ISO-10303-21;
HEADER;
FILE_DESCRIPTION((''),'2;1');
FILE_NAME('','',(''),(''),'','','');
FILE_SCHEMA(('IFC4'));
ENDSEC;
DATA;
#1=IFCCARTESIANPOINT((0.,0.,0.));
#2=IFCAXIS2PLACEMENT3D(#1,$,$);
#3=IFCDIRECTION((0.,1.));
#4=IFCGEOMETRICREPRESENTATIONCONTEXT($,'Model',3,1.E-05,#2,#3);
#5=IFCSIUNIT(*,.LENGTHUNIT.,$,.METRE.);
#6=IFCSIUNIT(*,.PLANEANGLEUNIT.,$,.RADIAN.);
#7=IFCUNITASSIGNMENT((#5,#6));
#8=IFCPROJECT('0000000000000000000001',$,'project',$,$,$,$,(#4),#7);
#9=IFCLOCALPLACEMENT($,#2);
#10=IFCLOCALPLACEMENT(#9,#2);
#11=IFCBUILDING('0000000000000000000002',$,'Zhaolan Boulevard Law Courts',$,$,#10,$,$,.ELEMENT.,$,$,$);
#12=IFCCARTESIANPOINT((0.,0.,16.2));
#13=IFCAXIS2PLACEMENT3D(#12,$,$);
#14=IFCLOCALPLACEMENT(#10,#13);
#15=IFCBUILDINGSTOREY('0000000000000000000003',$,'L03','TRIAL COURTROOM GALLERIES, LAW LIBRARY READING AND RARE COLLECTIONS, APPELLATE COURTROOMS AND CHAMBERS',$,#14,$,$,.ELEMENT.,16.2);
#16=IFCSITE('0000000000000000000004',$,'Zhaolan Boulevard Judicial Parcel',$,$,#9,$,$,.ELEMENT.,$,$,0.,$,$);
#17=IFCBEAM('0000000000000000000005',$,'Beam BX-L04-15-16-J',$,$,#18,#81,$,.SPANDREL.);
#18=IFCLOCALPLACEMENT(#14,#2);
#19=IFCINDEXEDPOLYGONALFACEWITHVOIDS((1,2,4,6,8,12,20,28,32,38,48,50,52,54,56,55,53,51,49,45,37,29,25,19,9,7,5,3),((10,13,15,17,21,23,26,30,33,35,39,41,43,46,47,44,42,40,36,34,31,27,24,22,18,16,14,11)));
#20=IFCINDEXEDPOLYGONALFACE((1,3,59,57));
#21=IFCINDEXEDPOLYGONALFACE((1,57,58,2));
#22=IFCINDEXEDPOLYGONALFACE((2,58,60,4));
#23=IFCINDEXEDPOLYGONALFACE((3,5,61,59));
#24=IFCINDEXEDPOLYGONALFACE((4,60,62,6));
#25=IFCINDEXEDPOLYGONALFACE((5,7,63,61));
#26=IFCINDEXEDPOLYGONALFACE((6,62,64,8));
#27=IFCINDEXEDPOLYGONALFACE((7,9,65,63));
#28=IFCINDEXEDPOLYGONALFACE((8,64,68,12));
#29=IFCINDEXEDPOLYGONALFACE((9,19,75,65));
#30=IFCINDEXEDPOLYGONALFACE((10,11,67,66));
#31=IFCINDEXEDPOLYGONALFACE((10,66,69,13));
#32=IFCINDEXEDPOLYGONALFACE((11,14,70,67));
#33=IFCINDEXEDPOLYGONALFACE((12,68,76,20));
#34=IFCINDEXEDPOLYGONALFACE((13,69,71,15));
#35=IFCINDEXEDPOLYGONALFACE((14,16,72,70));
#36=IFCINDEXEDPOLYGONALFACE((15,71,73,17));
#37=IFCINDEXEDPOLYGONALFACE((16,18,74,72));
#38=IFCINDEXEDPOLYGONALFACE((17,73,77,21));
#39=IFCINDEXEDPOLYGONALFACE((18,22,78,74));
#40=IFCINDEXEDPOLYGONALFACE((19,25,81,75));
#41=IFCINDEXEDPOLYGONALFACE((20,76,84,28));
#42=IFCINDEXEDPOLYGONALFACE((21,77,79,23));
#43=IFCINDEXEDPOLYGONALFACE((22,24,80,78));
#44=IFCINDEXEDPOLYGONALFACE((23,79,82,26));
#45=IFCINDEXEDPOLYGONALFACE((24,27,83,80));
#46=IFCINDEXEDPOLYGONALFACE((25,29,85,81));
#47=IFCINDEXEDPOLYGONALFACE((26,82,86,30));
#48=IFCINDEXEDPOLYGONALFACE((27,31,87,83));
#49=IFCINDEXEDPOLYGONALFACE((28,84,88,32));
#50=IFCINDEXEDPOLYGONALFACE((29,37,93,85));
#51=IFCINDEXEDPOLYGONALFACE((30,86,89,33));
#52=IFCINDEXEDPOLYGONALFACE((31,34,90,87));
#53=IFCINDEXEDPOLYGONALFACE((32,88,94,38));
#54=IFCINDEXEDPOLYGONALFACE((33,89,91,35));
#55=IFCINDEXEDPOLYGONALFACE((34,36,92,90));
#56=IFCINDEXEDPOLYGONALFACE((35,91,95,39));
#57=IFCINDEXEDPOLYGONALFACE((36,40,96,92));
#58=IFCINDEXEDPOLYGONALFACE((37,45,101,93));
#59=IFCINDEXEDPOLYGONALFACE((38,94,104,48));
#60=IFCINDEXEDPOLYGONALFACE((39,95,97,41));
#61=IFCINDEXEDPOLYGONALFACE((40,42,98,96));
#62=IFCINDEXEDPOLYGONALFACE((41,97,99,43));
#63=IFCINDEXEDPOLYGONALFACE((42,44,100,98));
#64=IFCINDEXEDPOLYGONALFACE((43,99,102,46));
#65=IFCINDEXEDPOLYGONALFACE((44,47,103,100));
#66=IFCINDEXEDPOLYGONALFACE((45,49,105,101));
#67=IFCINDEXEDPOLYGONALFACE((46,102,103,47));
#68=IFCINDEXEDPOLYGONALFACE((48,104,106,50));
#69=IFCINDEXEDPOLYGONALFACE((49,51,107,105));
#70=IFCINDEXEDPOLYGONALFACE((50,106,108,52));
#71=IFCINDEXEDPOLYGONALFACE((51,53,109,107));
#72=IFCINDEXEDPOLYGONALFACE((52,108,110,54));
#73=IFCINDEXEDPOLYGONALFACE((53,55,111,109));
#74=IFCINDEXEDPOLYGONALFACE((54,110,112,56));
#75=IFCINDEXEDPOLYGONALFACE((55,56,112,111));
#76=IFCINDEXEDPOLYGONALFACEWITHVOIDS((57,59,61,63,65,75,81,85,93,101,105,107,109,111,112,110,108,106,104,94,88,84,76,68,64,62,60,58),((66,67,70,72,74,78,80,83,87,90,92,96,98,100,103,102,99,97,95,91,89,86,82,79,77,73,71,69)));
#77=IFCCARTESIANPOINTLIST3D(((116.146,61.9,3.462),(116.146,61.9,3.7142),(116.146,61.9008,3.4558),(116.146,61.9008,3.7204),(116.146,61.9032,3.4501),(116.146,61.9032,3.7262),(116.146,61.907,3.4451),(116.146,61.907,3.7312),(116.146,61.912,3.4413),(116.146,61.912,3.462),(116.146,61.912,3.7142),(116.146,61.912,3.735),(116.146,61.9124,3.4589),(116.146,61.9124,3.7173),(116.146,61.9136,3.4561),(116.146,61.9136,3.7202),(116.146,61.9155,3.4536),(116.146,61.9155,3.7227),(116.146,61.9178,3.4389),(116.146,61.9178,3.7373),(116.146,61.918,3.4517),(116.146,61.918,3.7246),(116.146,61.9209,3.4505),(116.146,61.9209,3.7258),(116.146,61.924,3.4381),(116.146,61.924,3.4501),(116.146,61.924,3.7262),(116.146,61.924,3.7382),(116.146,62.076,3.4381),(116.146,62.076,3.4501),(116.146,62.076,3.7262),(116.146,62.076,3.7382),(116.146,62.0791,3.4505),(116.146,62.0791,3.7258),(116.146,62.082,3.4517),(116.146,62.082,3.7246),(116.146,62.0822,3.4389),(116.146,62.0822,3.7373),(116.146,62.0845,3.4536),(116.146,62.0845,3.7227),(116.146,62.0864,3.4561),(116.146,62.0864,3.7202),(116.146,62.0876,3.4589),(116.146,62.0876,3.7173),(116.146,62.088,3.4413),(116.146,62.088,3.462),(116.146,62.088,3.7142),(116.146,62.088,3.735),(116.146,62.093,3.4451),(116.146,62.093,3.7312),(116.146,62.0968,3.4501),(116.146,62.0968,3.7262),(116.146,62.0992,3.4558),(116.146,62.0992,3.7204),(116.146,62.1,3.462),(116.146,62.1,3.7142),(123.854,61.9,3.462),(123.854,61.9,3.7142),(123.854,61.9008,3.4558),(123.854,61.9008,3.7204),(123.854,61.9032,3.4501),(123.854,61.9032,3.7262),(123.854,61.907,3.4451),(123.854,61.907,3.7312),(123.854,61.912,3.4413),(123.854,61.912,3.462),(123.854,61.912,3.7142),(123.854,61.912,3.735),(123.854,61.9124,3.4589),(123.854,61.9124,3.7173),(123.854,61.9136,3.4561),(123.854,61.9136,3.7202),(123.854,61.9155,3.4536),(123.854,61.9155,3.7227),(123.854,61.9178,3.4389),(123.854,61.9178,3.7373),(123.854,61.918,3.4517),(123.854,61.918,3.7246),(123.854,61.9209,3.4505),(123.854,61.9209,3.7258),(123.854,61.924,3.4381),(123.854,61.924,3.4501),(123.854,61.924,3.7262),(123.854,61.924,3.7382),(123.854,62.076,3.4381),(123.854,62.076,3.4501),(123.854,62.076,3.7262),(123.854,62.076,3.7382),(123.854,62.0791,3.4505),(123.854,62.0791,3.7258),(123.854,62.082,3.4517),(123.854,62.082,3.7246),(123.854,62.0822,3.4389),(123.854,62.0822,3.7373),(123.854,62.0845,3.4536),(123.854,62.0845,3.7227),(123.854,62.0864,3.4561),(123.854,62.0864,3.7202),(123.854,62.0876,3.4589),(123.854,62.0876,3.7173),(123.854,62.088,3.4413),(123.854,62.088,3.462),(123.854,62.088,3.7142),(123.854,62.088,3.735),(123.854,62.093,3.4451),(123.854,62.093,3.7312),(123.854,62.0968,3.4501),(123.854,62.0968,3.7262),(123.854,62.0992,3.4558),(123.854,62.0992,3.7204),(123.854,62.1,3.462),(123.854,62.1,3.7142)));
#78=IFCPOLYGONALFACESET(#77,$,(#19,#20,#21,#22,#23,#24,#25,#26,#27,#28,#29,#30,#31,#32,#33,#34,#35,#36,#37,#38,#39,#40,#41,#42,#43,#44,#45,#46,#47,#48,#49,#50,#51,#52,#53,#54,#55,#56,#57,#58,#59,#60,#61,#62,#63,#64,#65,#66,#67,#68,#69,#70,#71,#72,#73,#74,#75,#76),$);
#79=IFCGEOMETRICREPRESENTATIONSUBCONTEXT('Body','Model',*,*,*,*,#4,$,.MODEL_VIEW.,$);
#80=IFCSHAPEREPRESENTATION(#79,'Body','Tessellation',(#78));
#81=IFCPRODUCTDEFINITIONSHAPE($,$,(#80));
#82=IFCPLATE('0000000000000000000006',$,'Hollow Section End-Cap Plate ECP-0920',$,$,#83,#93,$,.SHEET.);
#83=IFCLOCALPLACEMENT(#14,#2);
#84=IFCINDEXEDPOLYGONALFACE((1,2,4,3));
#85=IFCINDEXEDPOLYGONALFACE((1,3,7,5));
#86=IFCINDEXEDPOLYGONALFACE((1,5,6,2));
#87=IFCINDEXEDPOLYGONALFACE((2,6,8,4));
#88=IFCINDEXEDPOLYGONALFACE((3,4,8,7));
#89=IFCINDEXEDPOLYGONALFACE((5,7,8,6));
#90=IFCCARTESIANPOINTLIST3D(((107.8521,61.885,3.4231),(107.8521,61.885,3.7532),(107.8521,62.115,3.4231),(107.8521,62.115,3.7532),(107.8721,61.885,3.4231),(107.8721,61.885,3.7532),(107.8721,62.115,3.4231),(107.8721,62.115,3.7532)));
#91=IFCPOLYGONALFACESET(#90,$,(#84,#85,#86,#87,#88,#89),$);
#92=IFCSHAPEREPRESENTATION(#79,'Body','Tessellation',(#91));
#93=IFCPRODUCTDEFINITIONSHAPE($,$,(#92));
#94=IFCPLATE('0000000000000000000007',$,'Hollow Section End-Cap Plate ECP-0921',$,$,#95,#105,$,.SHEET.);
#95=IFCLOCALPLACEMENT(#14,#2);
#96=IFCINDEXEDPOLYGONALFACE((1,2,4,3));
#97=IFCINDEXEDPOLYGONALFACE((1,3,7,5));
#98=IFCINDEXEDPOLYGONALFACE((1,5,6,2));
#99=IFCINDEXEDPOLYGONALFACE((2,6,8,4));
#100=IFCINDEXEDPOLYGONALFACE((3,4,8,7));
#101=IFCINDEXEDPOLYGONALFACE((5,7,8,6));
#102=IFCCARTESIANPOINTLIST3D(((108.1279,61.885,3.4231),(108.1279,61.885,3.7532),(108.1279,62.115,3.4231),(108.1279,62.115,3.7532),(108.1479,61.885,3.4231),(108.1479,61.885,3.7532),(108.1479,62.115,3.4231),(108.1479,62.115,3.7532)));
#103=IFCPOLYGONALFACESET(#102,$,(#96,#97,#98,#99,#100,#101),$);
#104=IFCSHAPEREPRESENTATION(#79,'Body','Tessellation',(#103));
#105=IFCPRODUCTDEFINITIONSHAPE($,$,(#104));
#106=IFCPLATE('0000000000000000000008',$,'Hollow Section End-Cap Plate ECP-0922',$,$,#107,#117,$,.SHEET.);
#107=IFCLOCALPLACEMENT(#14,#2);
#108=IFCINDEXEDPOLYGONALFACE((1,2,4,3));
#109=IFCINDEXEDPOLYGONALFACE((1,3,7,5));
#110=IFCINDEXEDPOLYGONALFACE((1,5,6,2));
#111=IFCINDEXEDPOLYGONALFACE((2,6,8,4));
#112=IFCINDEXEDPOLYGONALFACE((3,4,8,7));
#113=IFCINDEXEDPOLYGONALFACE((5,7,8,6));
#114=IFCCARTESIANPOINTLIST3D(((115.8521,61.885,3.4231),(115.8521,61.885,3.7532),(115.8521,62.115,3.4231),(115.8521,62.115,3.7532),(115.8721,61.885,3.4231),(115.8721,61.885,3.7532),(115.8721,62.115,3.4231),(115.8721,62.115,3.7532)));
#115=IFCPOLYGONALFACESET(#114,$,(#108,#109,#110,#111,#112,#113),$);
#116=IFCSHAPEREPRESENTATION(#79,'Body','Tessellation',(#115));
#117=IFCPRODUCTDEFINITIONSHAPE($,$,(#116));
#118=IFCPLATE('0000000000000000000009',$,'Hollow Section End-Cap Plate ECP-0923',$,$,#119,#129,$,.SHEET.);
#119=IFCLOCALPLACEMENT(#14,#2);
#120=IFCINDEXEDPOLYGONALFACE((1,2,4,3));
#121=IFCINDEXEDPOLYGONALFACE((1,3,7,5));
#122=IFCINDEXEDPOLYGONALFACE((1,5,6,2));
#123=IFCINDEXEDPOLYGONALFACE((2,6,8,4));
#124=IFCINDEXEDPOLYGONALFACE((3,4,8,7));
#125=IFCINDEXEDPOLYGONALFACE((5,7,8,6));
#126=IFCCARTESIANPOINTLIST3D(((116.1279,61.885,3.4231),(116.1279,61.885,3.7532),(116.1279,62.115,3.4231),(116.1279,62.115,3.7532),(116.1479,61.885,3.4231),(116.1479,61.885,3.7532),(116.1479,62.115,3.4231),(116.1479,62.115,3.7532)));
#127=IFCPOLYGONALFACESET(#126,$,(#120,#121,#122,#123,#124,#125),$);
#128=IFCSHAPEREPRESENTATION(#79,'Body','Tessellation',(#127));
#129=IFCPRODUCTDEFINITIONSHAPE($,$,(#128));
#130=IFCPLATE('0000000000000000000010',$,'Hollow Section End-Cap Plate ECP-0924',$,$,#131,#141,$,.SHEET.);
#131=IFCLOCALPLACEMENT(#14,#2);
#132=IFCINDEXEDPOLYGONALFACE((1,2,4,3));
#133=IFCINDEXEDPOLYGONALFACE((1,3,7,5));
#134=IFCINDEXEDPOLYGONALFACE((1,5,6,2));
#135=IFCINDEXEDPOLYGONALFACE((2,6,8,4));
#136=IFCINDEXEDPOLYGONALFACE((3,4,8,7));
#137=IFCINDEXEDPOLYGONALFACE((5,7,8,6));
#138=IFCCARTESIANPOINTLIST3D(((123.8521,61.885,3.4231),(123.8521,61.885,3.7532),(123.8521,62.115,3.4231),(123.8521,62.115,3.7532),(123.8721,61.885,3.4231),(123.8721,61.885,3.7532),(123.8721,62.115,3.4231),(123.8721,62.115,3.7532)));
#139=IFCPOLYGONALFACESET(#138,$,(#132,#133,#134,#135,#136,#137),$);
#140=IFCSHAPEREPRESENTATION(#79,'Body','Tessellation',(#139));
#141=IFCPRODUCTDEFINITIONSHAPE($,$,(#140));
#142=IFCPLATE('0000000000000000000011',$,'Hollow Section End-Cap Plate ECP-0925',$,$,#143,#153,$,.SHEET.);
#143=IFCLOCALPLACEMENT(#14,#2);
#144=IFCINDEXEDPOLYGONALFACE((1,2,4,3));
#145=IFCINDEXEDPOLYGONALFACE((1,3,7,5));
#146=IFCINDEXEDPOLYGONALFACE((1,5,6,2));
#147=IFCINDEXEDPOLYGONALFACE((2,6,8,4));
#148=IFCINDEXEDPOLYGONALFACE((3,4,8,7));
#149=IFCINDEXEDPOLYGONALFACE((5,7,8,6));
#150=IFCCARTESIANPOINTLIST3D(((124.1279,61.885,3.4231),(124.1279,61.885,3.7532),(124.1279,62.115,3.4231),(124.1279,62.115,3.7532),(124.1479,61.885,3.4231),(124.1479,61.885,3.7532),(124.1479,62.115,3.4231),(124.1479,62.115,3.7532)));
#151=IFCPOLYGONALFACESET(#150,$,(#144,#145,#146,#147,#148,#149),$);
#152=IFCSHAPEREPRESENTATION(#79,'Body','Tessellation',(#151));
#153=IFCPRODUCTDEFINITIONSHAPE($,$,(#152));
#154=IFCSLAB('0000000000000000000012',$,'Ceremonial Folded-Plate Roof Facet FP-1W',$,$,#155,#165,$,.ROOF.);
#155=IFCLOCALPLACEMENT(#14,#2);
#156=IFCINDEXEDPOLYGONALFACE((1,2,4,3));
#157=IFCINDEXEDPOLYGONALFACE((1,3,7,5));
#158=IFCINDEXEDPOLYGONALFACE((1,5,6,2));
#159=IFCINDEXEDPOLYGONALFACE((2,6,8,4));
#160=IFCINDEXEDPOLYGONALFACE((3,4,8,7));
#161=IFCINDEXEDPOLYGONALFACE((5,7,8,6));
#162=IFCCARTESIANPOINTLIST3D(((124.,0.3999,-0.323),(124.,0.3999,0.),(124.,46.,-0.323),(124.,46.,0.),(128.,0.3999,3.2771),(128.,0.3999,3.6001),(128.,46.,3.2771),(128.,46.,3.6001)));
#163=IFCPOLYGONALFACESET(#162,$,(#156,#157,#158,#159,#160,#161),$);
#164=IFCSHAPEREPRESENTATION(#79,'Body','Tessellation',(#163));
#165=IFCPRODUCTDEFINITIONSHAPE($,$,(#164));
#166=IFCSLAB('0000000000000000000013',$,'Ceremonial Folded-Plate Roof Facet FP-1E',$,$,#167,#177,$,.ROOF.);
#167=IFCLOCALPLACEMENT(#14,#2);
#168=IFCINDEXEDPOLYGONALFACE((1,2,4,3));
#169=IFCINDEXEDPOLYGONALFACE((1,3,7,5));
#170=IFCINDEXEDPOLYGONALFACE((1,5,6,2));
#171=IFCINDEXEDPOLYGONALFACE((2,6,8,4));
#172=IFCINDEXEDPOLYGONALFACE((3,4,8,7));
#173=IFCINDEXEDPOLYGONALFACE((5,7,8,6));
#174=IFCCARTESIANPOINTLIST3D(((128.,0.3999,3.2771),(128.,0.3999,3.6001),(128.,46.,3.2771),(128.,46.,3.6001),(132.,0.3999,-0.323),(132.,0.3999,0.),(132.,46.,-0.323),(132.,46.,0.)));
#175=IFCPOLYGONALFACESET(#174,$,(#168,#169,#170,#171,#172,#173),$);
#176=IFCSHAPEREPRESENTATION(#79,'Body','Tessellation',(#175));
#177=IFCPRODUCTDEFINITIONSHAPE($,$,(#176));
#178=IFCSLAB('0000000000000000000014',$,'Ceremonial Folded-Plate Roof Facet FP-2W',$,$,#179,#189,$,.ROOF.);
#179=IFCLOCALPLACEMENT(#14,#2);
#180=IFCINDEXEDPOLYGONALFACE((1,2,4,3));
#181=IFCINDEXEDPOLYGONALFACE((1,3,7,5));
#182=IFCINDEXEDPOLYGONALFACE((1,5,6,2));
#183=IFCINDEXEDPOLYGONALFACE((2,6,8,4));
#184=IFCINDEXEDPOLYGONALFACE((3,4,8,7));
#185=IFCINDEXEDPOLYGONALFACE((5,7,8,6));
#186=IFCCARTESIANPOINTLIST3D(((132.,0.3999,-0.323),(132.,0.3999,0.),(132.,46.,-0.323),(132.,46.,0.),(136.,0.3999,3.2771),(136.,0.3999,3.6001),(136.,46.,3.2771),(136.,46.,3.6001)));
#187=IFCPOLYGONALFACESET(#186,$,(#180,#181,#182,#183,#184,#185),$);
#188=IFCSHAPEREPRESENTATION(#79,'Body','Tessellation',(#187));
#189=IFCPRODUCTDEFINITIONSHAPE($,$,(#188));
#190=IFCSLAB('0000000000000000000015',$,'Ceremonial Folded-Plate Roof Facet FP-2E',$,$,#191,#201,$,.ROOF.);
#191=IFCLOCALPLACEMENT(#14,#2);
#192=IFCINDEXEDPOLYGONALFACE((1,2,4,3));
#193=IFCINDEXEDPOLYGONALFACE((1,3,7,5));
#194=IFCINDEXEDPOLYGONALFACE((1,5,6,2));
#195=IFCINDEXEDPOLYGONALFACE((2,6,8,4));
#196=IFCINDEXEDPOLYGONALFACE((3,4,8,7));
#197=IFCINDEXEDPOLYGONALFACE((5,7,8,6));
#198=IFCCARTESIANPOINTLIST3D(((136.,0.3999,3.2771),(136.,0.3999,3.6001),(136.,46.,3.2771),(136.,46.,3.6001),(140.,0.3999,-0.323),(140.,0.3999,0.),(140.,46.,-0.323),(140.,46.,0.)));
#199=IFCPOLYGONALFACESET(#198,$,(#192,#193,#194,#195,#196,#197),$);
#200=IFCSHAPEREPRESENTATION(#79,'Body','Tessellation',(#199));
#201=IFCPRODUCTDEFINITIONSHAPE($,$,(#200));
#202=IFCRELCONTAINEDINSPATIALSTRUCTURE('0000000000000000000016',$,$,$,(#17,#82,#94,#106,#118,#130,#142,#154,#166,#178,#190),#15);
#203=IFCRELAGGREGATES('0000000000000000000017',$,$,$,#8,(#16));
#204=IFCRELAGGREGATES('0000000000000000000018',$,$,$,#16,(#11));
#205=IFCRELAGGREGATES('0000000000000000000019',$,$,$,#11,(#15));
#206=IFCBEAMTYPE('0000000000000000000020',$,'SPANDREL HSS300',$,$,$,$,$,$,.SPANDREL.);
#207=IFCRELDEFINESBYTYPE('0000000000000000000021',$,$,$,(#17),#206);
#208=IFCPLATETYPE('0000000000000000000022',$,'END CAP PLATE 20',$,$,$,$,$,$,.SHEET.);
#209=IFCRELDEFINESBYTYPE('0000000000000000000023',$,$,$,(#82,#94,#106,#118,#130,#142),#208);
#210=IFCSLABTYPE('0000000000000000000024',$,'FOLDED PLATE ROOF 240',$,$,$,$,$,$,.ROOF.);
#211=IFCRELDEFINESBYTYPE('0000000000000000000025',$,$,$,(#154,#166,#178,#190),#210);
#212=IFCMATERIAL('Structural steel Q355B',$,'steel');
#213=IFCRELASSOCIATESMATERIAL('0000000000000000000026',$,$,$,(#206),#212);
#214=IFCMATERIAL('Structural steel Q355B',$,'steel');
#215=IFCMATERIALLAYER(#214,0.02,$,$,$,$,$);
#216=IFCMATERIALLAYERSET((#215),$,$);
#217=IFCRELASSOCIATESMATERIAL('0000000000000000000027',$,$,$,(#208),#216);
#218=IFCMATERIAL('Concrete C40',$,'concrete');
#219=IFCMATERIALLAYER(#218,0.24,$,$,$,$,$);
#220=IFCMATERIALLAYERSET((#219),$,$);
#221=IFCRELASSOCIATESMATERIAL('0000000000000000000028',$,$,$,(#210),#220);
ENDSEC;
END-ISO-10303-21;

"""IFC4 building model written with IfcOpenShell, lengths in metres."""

from ifc_helpers import new_model, si_unit, direction, frame, origin, origin_2d, place, context, subcontext, project, spatial, polyline, rectangle, hollow_rectangle, outline, extrude, material, layer, layer_set, material_profile, profile_set, type_object, element, save


model = new_model("IFC4")

# Units and contexts
model_context = context("Model", 3, precision=1e-05, world=origin(), true_north=direction((0.0, 1.0)))
body_context = subcontext(model_context, "Body", "Model", "MODEL_VIEW")
ifc_project = project(units=[si_unit("LENGTHUNIT", "METRE"), si_unit("PLANEANGLEUNIT", "RADIAN")], contexts=[model_context])

# Site, building, storey
site_placement = place(None, origin())
site = spatial("IfcSite", under=ifc_project, at=site_placement, Name="Zhaolan Boulevard Judicial Parcel", CompositionType="ELEMENT", RefElevation=0.0)
building_placement = place(site_placement, origin())
building = spatial("IfcBuilding", under=site, at=building_placement, Name="Zhaolan Boulevard Law Courts", CompositionType="ELEMENT")
storey_placement = place(building_placement, frame((0.0, 0.0, 16.2)))
storey = spatial("IfcBuildingStorey", under=building, at=storey_placement, Name="L03", Description="TRIAL COURTROOM GALLERIES, LAW LIBRARY READING AND RARE COLLECTIONS, APPELLATE COURTROOMS AND CHAMBERS", CompositionType="ELEMENT", Elevation=16.2)

# Beam
ifc_material_1 = material(Name="Structural steel Q355B", Category="steel")
ifc_material_profile_1 = material_profile(ifc_material_1, hollow_rectangle(XDim=0.2, YDim=0.3, WallThickness=0.012, InnerFilletRadius=0.012, OuterFilletRadius=0.0239, at=origin_2d()), Name="HSS300x200x12")
ifc_profile_set_1 = profile_set([ifc_material_profile_1], Name="Structural steel Q355B")
beam_type = type_object("IfcBeamType", Name="SPANDREL HSS300", PredefinedType="SPANDREL", material=ifc_profile_set_1)
for number, where, z_axis, x_axis, name in (
    (1, (116.146, 62.0, 3.5881), (1.0, 0.0, 0.0), (0.0, 1.0, 0.0), "Beam BX-L04-15-16-J"),
):
    element("IfcBeam", number, at=place(storey_placement, frame(where, z_axis=z_axis, x_axis=x_axis)), inside=storey, type_object=beam_type, Name=name, PredefinedType="SPANDREL", context=body_context, shape_type="SweptSolid", body=[
        extrude(hollow_rectangle(XDim=0.2, YDim=0.3, WallThickness=0.012, InnerFilletRadius=0.012, OuterFilletRadius=0.0239, at=origin_2d()), origin(), (0.0, 0.0, 1.0), 7.708),
    ])

# Plates
ifc_material_2 = material(Name="Structural steel Q355B", Category="steel")
ifc_layer_1 = layer(ifc_material_2, 0.02)
ifc_layer_set_1 = layer_set([ifc_layer_1])
plate_type = type_object("IfcPlateType", Name="END CAP PLATE 20", PredefinedType="SHEET", material=ifc_layer_set_1)
for number, where, z_axis, x_axis, name in (
    (2, (107.8621, 62.0, 3.4231), (0.0, 0.0, 1.0), (1.0, 0.0, 0.0), "Hollow Section End-Cap Plate ECP-0920"),
    (3, (108.1379, 62.0, 3.4231), (0.0, 0.0, 1.0), (1.0, 0.0, 0.0), "Hollow Section End-Cap Plate ECP-0921"),
    (4, (115.8621, 62.0, 3.4231), (0.0, 0.0, 1.0), (1.0, 0.0, 0.0), "Hollow Section End-Cap Plate ECP-0922"),
    (5, (116.1379, 62.0, 3.4231), (0.0, 0.0, 1.0), (1.0, 0.0, 0.0), "Hollow Section End-Cap Plate ECP-0923"),
    (6, (123.8621, 62.0, 3.4231), (0.0, 0.0, 1.0), (1.0, 0.0, 0.0), "Hollow Section End-Cap Plate ECP-0924"),
    (7, (124.1379, 62.0, 3.4231), (0.0, 0.0, 1.0), (1.0, 0.0, 0.0), "Hollow Section End-Cap Plate ECP-0925"),
):
    element("IfcPlate", number, at=place(storey_placement, frame(where, z_axis=z_axis, x_axis=x_axis)), inside=storey, type_object=plate_type, Name=name, PredefinedType="SHEET", context=body_context, shape_type="SweptSolid", body=[
        extrude(rectangle(XDim=0.02, YDim=0.23, at=origin_2d()), origin(), (0.0, 0.0, 1.0), 0.3301),
    ])

# Slabs
ifc_material_3 = material(Name="Concrete C40", Category="concrete")
ifc_layer_2 = layer(ifc_material_3, 0.24)
ifc_layer_set_2 = layer_set([ifc_layer_2])
slab_type = type_object("IfcSlabType", Name="FOLDED PLATE ROOF 240", PredefinedType="ROOF", material=ifc_layer_set_2)
slab_1_placement = place(storey_placement, frame((124.0, 46.0, 0.0), z_axis=(0.0, -1.0, 0.0), x_axis=(1.0, 0.0, 0.0)))
element("IfcSlab", 8, at=slab_1_placement, inside=storey, type_object=slab_type, Name="Ceremonial Folded-Plate Roof Facet FP-1W", PredefinedType="ROOF", context=body_context, shape_type="SweptSolid", body=[
    extrude(outline(polyline([(0.0, 0.0), (4.0, 3.6001), (4.0, 3.2771), (0.0, -0.323), (0.0, 0.0)])), origin(), (0.0, 0.0, 1.0), 45.6001),
])
slab_2_placement = place(storey_placement, frame((128.0, 46.0, 0.0), z_axis=(0.0, -1.0, 0.0), x_axis=(1.0, 0.0, 0.0)))
element("IfcSlab", 9, at=slab_2_placement, inside=storey, type_object=slab_type, Name="Ceremonial Folded-Plate Roof Facet FP-1E", PredefinedType="ROOF", context=body_context, shape_type="SweptSolid", body=[
    extrude(outline(polyline([(0.0, 3.6001), (4.0, 0.0), (4.0, -0.323), (0.0, 3.2771), (0.0, 3.6001)])), origin(), (0.0, 0.0, 1.0), 45.6001),
])
slab_3_placement = place(storey_placement, frame((132.0, 46.0, 0.0), z_axis=(0.0, -1.0, 0.0), x_axis=(1.0, 0.0, 0.0)))
element("IfcSlab", 10, at=slab_3_placement, inside=storey, type_object=slab_type, Name="Ceremonial Folded-Plate Roof Facet FP-2W", PredefinedType="ROOF", context=body_context, shape_type="SweptSolid", body=[
    extrude(outline(polyline([(0.0, 0.0), (4.0, 3.6001), (4.0, 3.2771), (0.0, -0.323), (0.0, 0.0)])), origin(), (0.0, 0.0, 1.0), 45.6001),
])
slab_4_placement = place(storey_placement, frame((136.0, 46.0, 0.0), z_axis=(0.0, -1.0, 0.0), x_axis=(1.0, 0.0, 0.0)))
element("IfcSlab", 11, at=slab_4_placement, inside=storey, type_object=slab_type, Name="Ceremonial Folded-Plate Roof Facet FP-2E", PredefinedType="ROOF", context=body_context, shape_type="SweptSolid", body=[
    extrude(outline(polyline([(0.0, 3.6001), (4.0, 0.0), (4.0, -0.323), (0.0, 3.2771), (0.0, 3.6001)])), origin(), (0.0, 0.0, 1.0), 45.6001),
])

save(model, "model.ifc")
